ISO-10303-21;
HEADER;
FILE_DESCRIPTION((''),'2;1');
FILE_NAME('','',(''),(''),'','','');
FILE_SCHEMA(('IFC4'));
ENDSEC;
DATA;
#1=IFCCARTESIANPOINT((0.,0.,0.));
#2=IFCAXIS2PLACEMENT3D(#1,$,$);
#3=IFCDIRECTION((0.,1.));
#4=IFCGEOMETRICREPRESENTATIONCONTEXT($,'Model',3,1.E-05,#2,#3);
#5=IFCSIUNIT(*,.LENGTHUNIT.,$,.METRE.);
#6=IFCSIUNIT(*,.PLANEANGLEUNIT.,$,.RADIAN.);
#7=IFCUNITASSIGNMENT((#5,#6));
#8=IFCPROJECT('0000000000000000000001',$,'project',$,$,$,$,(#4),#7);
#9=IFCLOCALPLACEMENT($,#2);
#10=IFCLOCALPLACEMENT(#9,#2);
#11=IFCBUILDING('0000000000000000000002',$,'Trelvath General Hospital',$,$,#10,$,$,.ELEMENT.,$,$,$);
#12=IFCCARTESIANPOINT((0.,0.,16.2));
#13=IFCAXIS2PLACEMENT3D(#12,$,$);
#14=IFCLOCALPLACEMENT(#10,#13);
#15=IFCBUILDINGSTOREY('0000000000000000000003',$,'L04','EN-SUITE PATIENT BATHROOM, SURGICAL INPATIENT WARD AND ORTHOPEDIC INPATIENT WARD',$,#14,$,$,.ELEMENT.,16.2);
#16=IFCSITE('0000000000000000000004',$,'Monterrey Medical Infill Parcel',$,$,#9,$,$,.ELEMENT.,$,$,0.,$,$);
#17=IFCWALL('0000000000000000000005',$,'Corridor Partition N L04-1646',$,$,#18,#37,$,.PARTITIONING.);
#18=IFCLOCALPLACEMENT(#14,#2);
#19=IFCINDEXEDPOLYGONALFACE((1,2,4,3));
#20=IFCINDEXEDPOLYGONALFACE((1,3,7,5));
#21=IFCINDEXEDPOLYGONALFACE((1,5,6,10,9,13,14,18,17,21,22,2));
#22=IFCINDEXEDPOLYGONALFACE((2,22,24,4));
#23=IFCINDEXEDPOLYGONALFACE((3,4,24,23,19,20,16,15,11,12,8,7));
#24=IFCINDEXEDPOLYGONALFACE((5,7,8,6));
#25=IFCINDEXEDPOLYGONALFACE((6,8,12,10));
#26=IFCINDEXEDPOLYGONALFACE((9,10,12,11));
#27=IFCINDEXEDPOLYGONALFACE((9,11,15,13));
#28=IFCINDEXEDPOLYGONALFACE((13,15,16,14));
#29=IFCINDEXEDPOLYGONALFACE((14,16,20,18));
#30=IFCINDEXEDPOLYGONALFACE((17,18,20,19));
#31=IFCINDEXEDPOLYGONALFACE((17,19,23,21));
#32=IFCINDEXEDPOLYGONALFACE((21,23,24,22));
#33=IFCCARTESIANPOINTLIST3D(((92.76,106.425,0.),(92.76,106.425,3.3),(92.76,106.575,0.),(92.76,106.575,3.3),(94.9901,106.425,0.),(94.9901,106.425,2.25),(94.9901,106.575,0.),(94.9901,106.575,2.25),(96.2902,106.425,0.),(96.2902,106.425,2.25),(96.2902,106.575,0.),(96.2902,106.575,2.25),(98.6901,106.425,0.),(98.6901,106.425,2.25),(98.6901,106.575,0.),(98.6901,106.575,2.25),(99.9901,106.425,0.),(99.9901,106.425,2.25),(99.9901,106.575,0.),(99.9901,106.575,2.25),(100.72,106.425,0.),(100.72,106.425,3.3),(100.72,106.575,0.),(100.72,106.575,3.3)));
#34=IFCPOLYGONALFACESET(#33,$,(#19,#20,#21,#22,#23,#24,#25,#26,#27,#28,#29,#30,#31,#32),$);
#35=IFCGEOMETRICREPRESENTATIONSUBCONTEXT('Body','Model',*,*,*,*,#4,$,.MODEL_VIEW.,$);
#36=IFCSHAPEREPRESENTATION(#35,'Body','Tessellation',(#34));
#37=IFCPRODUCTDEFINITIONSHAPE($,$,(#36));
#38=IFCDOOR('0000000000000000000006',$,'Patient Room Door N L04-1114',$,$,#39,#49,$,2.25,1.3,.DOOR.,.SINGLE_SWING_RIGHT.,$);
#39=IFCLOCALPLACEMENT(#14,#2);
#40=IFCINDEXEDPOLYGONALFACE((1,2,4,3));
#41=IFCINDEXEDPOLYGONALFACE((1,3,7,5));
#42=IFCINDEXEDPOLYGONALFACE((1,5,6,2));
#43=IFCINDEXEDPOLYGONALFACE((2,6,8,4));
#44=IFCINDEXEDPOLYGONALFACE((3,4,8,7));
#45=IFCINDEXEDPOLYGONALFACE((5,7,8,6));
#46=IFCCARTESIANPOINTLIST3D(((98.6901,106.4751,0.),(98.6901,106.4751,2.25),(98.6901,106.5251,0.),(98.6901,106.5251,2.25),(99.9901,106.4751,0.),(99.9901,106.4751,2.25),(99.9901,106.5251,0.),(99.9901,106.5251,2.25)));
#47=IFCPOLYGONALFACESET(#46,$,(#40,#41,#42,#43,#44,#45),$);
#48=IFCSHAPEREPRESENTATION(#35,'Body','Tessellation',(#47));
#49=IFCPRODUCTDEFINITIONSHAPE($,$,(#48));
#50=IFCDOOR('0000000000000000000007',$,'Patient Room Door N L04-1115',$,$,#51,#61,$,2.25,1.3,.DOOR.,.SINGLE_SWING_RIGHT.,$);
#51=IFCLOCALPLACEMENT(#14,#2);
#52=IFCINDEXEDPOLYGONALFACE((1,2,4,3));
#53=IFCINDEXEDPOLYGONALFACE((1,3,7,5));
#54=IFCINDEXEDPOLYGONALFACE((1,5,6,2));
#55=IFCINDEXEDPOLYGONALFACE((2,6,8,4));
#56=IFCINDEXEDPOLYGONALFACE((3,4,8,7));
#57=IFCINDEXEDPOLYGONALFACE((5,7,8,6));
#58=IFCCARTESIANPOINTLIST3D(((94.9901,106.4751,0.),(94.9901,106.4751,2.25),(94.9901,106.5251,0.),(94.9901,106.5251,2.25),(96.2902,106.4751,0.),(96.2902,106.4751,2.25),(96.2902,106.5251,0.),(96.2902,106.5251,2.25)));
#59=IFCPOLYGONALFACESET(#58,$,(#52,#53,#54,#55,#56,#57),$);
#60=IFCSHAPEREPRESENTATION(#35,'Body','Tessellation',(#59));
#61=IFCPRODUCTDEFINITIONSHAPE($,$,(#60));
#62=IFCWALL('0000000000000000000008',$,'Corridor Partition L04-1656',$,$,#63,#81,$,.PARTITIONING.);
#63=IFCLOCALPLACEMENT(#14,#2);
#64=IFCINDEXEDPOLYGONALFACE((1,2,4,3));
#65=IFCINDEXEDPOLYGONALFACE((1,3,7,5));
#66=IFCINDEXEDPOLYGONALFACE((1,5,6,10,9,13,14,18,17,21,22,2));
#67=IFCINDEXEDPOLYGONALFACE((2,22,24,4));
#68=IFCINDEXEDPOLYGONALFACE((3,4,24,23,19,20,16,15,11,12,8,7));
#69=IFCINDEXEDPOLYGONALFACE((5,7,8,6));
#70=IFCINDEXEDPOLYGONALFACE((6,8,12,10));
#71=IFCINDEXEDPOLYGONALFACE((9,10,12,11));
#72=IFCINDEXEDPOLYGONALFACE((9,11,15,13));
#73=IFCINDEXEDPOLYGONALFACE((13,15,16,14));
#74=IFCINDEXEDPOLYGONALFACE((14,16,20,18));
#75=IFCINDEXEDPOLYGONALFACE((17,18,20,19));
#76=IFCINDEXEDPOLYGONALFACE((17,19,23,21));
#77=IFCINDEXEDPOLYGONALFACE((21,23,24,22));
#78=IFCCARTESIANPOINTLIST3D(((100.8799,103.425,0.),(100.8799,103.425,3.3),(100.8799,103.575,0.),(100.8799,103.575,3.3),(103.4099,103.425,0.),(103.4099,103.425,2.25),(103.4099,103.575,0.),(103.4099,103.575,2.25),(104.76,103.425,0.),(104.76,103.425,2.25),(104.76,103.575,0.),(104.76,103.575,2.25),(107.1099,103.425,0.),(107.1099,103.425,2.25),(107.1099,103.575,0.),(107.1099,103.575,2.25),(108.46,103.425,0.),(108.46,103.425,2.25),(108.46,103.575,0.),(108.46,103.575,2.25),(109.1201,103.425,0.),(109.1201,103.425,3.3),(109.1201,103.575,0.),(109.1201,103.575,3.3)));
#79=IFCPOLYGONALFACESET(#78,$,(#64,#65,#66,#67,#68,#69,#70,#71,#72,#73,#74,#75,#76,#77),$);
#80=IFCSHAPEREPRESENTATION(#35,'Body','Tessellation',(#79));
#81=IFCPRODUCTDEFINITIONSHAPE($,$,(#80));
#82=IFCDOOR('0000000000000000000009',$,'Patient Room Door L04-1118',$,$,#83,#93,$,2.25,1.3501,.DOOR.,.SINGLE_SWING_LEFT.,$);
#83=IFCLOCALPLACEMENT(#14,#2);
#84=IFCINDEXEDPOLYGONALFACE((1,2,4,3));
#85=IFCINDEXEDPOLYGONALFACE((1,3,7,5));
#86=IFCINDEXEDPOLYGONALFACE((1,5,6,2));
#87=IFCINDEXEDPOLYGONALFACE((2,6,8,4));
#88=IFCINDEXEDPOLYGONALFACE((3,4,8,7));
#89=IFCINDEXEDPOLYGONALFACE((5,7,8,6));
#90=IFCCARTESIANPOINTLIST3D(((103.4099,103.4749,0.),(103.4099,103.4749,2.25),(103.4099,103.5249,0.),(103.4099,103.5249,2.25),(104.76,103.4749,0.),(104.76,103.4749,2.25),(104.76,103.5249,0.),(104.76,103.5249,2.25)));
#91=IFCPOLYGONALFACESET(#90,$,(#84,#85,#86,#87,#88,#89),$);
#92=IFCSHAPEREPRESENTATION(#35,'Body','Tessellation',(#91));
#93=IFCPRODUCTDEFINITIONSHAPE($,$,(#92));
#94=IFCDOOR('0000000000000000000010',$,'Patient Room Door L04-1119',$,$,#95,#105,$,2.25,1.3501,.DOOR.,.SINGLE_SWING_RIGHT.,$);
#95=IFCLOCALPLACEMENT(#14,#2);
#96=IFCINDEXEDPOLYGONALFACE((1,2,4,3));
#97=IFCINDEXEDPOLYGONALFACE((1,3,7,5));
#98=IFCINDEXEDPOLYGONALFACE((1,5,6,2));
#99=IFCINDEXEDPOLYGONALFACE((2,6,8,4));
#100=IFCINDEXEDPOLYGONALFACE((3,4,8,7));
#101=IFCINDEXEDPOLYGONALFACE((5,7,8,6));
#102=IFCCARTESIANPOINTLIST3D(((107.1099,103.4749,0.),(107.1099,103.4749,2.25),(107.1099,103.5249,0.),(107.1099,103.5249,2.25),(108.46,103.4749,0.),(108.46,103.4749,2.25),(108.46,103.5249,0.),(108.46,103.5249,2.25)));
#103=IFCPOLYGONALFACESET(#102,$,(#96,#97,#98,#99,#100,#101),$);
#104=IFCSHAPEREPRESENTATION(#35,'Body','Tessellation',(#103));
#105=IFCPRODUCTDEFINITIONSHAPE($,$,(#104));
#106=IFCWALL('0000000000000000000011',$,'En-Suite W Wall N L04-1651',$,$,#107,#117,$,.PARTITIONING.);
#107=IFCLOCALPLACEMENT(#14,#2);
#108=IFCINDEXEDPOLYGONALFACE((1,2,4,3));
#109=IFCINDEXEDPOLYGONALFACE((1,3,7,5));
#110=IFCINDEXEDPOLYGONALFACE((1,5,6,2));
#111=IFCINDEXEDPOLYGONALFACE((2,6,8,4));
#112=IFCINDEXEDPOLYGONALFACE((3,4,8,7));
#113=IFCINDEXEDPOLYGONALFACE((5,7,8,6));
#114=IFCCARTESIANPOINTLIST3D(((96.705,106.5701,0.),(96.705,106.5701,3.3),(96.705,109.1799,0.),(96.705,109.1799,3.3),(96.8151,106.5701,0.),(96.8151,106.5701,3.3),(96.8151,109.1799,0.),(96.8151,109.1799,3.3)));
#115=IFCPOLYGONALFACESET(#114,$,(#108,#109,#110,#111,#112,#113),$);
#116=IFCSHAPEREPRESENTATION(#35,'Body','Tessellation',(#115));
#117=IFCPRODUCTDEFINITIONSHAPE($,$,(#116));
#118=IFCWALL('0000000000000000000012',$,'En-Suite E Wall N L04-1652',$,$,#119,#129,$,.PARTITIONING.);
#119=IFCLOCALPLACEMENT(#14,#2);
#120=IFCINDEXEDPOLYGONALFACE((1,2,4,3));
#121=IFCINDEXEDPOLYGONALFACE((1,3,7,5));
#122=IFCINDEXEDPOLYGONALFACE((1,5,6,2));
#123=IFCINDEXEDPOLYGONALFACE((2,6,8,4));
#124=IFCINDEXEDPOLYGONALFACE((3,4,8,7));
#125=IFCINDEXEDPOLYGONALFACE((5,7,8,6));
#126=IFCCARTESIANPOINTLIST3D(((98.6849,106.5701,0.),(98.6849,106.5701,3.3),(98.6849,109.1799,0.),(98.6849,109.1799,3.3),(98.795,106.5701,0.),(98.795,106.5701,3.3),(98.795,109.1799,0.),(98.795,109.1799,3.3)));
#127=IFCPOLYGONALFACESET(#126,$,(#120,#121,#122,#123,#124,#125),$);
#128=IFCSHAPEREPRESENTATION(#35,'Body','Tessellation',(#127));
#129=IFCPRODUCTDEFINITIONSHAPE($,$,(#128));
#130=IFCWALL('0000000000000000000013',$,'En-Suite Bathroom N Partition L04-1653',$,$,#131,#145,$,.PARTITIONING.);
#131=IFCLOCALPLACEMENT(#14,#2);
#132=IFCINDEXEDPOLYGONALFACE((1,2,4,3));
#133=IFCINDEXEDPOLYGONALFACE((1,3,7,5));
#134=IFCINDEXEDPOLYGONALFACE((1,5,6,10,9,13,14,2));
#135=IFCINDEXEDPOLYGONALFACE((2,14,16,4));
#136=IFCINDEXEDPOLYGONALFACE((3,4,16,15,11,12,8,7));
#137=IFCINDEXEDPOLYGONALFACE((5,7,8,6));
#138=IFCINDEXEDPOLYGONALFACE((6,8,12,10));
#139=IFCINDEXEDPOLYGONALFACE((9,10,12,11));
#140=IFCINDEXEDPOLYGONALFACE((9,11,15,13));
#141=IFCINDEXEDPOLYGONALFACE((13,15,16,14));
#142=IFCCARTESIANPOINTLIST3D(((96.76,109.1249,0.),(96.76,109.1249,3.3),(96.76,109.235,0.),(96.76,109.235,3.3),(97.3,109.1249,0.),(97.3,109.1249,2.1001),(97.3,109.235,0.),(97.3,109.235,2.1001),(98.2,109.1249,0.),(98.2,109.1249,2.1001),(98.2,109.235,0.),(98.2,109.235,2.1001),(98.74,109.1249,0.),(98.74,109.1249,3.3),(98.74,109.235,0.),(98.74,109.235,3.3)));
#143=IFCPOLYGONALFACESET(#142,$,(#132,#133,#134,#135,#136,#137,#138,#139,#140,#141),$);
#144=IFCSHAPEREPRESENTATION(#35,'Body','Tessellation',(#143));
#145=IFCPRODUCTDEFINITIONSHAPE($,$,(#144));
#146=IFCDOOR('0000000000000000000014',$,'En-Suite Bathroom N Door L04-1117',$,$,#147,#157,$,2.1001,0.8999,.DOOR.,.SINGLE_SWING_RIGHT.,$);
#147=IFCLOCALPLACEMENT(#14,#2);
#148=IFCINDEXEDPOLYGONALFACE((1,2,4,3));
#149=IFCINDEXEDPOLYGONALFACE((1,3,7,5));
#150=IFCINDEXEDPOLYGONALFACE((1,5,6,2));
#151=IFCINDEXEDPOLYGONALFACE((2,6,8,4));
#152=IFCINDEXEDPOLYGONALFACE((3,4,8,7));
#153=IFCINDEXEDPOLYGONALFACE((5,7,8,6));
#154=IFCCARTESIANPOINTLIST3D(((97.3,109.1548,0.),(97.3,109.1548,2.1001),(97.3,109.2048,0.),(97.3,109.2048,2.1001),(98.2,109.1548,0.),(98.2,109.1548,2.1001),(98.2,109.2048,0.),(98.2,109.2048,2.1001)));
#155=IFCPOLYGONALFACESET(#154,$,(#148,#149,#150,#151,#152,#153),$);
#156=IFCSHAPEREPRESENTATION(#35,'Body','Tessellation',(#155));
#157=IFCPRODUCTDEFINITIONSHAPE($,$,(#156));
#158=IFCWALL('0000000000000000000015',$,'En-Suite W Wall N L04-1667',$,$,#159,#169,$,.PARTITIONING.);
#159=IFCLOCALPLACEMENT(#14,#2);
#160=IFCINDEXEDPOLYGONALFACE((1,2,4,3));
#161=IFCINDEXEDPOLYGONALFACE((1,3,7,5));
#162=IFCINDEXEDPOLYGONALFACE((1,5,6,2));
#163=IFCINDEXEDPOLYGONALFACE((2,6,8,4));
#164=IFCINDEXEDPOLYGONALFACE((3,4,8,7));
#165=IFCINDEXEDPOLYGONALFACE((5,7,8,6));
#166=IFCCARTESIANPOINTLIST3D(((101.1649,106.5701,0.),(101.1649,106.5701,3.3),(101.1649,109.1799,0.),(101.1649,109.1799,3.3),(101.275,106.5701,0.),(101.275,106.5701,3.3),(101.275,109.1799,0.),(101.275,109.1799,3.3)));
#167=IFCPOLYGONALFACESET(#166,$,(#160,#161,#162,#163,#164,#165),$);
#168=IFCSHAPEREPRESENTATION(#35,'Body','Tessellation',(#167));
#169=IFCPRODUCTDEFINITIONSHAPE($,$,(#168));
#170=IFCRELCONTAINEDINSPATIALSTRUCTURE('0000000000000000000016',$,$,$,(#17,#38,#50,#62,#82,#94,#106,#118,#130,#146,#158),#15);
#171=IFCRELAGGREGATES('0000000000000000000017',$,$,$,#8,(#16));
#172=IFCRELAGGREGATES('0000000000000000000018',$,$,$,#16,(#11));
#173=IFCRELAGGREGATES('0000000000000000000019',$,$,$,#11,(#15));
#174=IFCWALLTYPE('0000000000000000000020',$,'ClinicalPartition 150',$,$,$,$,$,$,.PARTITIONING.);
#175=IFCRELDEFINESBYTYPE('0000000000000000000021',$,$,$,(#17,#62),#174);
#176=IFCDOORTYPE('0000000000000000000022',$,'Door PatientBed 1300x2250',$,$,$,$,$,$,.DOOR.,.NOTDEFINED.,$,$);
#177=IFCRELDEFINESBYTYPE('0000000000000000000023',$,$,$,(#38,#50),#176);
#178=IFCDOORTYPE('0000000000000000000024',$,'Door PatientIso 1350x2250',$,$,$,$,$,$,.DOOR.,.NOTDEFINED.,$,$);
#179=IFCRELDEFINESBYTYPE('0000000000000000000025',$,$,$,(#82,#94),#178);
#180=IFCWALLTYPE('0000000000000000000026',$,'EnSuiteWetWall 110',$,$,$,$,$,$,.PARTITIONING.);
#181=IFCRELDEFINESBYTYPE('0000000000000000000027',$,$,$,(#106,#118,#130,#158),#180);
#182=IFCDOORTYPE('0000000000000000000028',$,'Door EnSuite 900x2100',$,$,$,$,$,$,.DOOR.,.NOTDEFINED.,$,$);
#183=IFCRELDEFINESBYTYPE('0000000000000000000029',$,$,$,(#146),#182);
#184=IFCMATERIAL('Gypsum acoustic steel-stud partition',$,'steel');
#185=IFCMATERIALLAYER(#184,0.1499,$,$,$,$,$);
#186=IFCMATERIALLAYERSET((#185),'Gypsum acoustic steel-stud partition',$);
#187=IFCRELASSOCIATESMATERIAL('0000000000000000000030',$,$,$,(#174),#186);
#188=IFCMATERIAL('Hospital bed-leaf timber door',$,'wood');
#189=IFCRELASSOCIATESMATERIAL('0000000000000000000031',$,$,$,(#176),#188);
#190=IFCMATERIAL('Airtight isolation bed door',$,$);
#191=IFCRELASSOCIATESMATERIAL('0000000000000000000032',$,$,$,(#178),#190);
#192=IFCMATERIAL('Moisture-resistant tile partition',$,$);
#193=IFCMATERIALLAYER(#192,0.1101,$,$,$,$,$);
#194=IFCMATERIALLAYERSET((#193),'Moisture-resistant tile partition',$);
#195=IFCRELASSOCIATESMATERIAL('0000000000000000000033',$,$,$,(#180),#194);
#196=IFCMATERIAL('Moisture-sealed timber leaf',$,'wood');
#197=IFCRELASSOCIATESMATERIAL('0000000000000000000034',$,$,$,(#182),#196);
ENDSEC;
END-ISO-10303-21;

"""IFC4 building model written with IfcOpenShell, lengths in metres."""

from ifc_helpers import new_model, si_unit, direction, frame, frame_2d, origin, place, context, subcontext, project, spatial, rectangle, extrude, material, layer, layer_set, type_object, element, fill, save


model = new_model("IFC4")

# Units and contexts
model_context = context("Model", 3, precision=1e-05, world=origin(), true_north=direction((0.0, 1.0)))
body_context = subcontext(model_context, "Body", "Model", "MODEL_VIEW")
ifc_project = project(units=[si_unit("LENGTHUNIT", "METRE"), si_unit("PLANEANGLEUNIT", "RADIAN")], contexts=[model_context])

# Site, building, storey
site_placement = place(None, origin())
site = spatial("IfcSite", under=ifc_project, at=site_placement, Name="Monterrey Medical Infill Parcel", CompositionType="ELEMENT", RefElevation=0.0)
building_placement = place(site_placement, origin())
building = spatial("IfcBuilding", under=site, at=building_placement, Name="Trelvath General Hospital", CompositionType="ELEMENT")
storey_placement = place(building_placement, frame((0.0, 0.0, 16.2)))
storey = spatial("IfcBuildingStorey", under=building, at=storey_placement, Name="L04", Description="EN-SUITE PATIENT BATHROOM, SURGICAL INPATIENT WARD AND ORTHOPEDIC INPATIENT WARD", CompositionType="ELEMENT", Elevation=16.2)

# Walls, openings, doors
ifc_material_1 = material(Name="Gypsum acoustic steel-stud partition", Category="steel")
ifc_layer_1 = layer(ifc_material_1, 0.1499)
ifc_layer_set_1 = layer_set([ifc_layer_1], Name="Gypsum acoustic steel-stud partition")
wall_type_1 = type_object("IfcWallType", Name="ClinicalPartition 150", PredefinedType="PARTITIONING", material=ifc_layer_set_1)
wall_1_placement = place(storey_placement, frame((100.72, 106.5, 0.0), z_axis=(0.0, 0.0, 1.0), x_axis=(-1.0, 0.0, 0.0)))
wall_1 = element("IfcWall", 1, at=wall_1_placement, inside=storey, type_object=wall_type_1, Name="Corridor Partition N L04-1646", PredefinedType="PARTITIONING", context=body_context, shape_type="SweptSolid", body=[
    extrude(rectangle(XDim=7.96, YDim=0.1499, at=frame_2d((3.98, 0.0))), origin(), (0.0, 0.0, 1.0), 3.3),
])
opening_1_placement = place(wall_1_placement, frame((0.73, 0.0, 0.0)))
opening_1 = element("IfcOpeningElement", 2, at=opening_1_placement, cuts=wall_1, PredefinedType="OPENING", context=body_context, shape_type="SweptSolid", body=[
    extrude(rectangle(XDim=1.3, YDim=2.25, at=frame_2d((0.6499, 1.125))), frame((0.0, 0.085, 0.0), z_axis=(0.0, -1.0, 0.0), x_axis=(1.0, 0.0, 0.0)), (0.0, 0.0, 1.0), 0.1699),
])
opening_2_placement = place(wall_1_placement, frame((4.4299, 0.0, 0.0)))
opening_2 = element("IfcOpeningElement", 3, at=opening_2_placement, cuts=wall_1, PredefinedType="OPENING", context=body_context, shape_type="SweptSolid", body=[
    extrude(rectangle(XDim=1.3, YDim=2.25, at=frame_2d((0.6499, 1.125))), frame((0.0, 0.085, 0.0), z_axis=(0.0, -1.0, 0.0), x_axis=(1.0, 0.0, 0.0)), (0.0, 0.0, 1.0), 0.1699),
])
ifc_material_2 = material(Name="Hospital bed-leaf timber door", Category="wood")
door_type_1 = type_object("IfcDoorType", Name="Door PatientBed 1300x2250", OperationType="NOTDEFINED", PredefinedType="DOOR", material=ifc_material_2)
door_1_placement = place(opening_1_placement, origin())
door_1 = element("IfcDoor", 4, at=door_1_placement, inside=storey, type_object=door_type_1, Name="Patient Room Door N L04-1114", OperationType="SINGLE_SWING_RIGHT", OverallHeight=2.25, OverallWidth=1.3, PredefinedType="DOOR", context=body_context, shape_type="SweptSolid", body=[
    extrude(rectangle(XDim=1.3, YDim=2.25, at=frame_2d((0.6499, 1.125))), frame((0.0, 0.0249, 0.0), z_axis=(0.0, -1.0, 0.0), x_axis=(1.0, 0.0, 0.0)), (0.0, 0.0, 1.0), 0.05),
])
fill(opening_1, door_1)
door_2_placement = place(opening_2_placement, origin())
door_2 = element("IfcDoor", 5, at=door_2_placement, inside=storey, type_object=door_type_1, Name="Patient Room Door N L04-1115", OperationType="SINGLE_SWING_RIGHT", OverallHeight=2.25, OverallWidth=1.3, PredefinedType="DOOR", context=body_context, shape_type="SweptSolid", body=[
    extrude(rectangle(XDim=1.3, YDim=2.25, at=frame_2d((0.6499, 1.125))), frame((0.0, 0.0249, 0.0), z_axis=(0.0, -1.0, 0.0), x_axis=(1.0, 0.0, 0.0)), (0.0, 0.0, 1.0), 0.05),
])
fill(opening_2, door_2)
wall_2_placement = place(storey_placement, frame((100.8799, 103.5, 0.0), z_axis=(0.0, 0.0, 1.0), x_axis=(1.0, 0.0, 0.0)))
wall_2 = element("IfcWall", 6, at=wall_2_placement, inside=storey, type_object=wall_type_1, Name="Corridor Partition L04-1656", PredefinedType="PARTITIONING", context=body_context, shape_type="SweptSolid", body=[
    extrude(rectangle(XDim=8.2402, YDim=0.1499, at=frame_2d((4.1201, 0.0))), origin(), (0.0, 0.0, 1.0), 3.3),
])
opening_3_placement = place(wall_2_placement, frame((2.53, 0.0, 0.0)))
opening_3 = element("IfcOpeningElement", 7, at=opening_3_placement, cuts=wall_2, PredefinedType="OPENING", context=body_context, shape_type="SweptSolid", body=[
    extrude(rectangle(XDim=1.3501, YDim=2.25, at=frame_2d((0.675, 1.125))), frame((0.0, 0.085, 0.0), z_axis=(0.0, -1.0, 0.0), x_axis=(1.0, 0.0, 0.0)), (0.0, 0.0, 1.0), 0.1699),
])
opening_4_placement = place(wall_2_placement, frame((6.23, 0.0, 0.0)))
opening_4 = element("IfcOpeningElement", 8, at=opening_4_placement, cuts=wall_2, PredefinedType="OPENING", context=body_context, shape_type="SweptSolid", body=[
    extrude(rectangle(XDim=1.3501, YDim=2.25, at=frame_2d((0.675, 1.125))), frame((0.0, 0.085, 0.0), z_axis=(0.0, -1.0, 0.0), x_axis=(1.0, 0.0, 0.0)), (0.0, 0.0, 1.0), 0.1699),
])
ifc_material_3 = material(Name="Airtight isolation bed door")
door_type_2 = type_object("IfcDoorType", Name="Door PatientIso 1350x2250", OperationType="NOTDEFINED", PredefinedType="DOOR", material=ifc_material_3)
door_3_placement = place(opening_3_placement, origin())
door_3 = element("IfcDoor", 9, at=door_3_placement, inside=storey, type_object=door_type_2, Name="Patient Room Door L04-1118", OperationType="SINGLE_SWING_LEFT", OverallHeight=2.25, OverallWidth=1.3501, PredefinedType="DOOR", context=body_context, shape_type="SweptSolid", body=[
    extrude(rectangle(XDim=1.3501, YDim=2.25, at=frame_2d((0.675, 1.125))), frame((0.0, 0.0249, 0.0), z_axis=(0.0, -1.0, 0.0), x_axis=(1.0, 0.0, 0.0)), (0.0, 0.0, 1.0), 0.05),
])
fill(opening_3, door_3)
door_4_placement = place(opening_4_placement, origin())
door_4 = element("IfcDoor", 10, at=door_4_placement, inside=storey, type_object=door_type_2, Name="Patient Room Door L04-1119", OperationType="SINGLE_SWING_RIGHT", OverallHeight=2.25, OverallWidth=1.3501, PredefinedType="DOOR", context=body_context, shape_type="SweptSolid", body=[
    extrude(rectangle(XDim=1.3501, YDim=2.25, at=frame_2d((0.675, 1.125))), frame((0.0, 0.0249, 0.0), z_axis=(0.0, -1.0, 0.0), x_axis=(1.0, 0.0, 0.0)), (0.0, 0.0, 1.0), 0.05),
])
fill(opening_4, door_4)

# Walls
ifc_material_4 = material(Name="Moisture-resistant tile partition")
ifc_layer_2 = layer(ifc_material_4, 0.1101)
ifc_layer_set_2 = layer_set([ifc_layer_2], Name="Moisture-resistant tile partition")
wall_type_2 = type_object("IfcWallType", Name="EnSuiteWetWall 110", PredefinedType="PARTITIONING", material=ifc_layer_set_2)
for number, where, z_axis, x_axis, name in (
    (11, (96.76, 106.5701, 0.0), (0.0, 0.0, 1.0), (0.0, 1.0, 0.0), "En-Suite W Wall N L04-1651"),
    (12, (98.74, 106.5701, 0.0), (0.0, 0.0, 1.0), (0.0, 1.0, 0.0), "En-Suite E Wall N L04-1652"),
):
    element("IfcWall", number, at=place(storey_placement, frame(where, z_axis=z_axis, x_axis=x_axis)), inside=storey, type_object=wall_type_2, Name=name, PredefinedType="PARTITIONING", context=body_context, shape_type="SweptSolid", body=[
        extrude(rectangle(XDim=2.6099, YDim=0.1101, at=frame_2d((1.3049, 0.0))), origin(), (0.0, 0.0, 1.0), 3.3),
    ])

# Wall, opening, door
wall_3_placement = place(storey_placement, frame((96.76, 109.1799, 0.0), z_axis=(0.0, 0.0, 1.0), x_axis=(1.0, 0.0, 0.0)))
wall_3 = element("IfcWall", 13, at=wall_3_placement, inside=storey, type_object=wall_type_2, Name="En-Suite Bathroom N Partition L04-1653", PredefinedType="PARTITIONING", context=body_context, shape_type="SweptSolid", body=[
    extrude(rectangle(XDim=1.98, YDim=0.1101, at=frame_2d((0.99, 0.0))), origin(), (0.0, 0.0, 1.0), 3.3),
])
opening_5_placement = place(wall_3_placement, frame((0.54, 0.0, 0.0)))
opening_5 = element("IfcOpeningElement", 14, at=opening_5_placement, cuts=wall_3, PredefinedType="OPENING", context=body_context, shape_type="SweptSolid", body=[
    extrude(rectangle(XDim=0.8999, YDim=2.1001, at=frame_2d((0.45, 1.05))), frame((0.0, 0.0649, 0.0), z_axis=(0.0, -1.0, 0.0), x_axis=(1.0, 0.0, 0.0)), (0.0, 0.0, 1.0), 0.1301),
])
ifc_material_5 = material(Name="Moisture-sealed timber leaf", Category="wood")
door_type_3 = type_object("IfcDoorType", Name="Door EnSuite 900x2100", OperationType="NOTDEFINED", PredefinedType="DOOR", material=ifc_material_5)
door_5_placement = place(opening_5_placement, origin())
door_5 = element("IfcDoor", 15, at=door_5_placement, inside=storey, type_object=door_type_3, Name="En-Suite Bathroom N Door L04-1117", OperationType="SINGLE_SWING_RIGHT", OverallHeight=2.1001, OverallWidth=0.8999, PredefinedType="DOOR", context=body_context, shape_type="SweptSolid", body=[
    extrude(rectangle(XDim=0.8999, YDim=2.1001, at=frame_2d((0.45, 1.05))), frame((0.0, 0.0249, 0.0), z_axis=(0.0, -1.0, 0.0), x_axis=(1.0, 0.0, 0.0)), (0.0, 0.0, 1.0), 0.05),
])
fill(opening_5, door_5)

# Wall
for number, where, z_axis, x_axis, name in (
    (16, (101.22, 106.5701, 0.0), (0.0, 0.0, 1.0), (0.0, 1.0, 0.0), "En-Suite W Wall N L04-1667"),
):
    element("IfcWall", number, at=place(storey_placement, frame(where, z_axis=z_axis, x_axis=x_axis)), inside=storey, type_object=wall_type_2, Name=name, PredefinedType="PARTITIONING", context=body_context, shape_type="SweptSolid", body=[
        extrude(rectangle(XDim=2.6099, YDim=0.1101, at=frame_2d((1.3049, 0.0))), origin(), (0.0, 0.0, 1.0), 3.3),
    ])

save(model, "model.ifc")
